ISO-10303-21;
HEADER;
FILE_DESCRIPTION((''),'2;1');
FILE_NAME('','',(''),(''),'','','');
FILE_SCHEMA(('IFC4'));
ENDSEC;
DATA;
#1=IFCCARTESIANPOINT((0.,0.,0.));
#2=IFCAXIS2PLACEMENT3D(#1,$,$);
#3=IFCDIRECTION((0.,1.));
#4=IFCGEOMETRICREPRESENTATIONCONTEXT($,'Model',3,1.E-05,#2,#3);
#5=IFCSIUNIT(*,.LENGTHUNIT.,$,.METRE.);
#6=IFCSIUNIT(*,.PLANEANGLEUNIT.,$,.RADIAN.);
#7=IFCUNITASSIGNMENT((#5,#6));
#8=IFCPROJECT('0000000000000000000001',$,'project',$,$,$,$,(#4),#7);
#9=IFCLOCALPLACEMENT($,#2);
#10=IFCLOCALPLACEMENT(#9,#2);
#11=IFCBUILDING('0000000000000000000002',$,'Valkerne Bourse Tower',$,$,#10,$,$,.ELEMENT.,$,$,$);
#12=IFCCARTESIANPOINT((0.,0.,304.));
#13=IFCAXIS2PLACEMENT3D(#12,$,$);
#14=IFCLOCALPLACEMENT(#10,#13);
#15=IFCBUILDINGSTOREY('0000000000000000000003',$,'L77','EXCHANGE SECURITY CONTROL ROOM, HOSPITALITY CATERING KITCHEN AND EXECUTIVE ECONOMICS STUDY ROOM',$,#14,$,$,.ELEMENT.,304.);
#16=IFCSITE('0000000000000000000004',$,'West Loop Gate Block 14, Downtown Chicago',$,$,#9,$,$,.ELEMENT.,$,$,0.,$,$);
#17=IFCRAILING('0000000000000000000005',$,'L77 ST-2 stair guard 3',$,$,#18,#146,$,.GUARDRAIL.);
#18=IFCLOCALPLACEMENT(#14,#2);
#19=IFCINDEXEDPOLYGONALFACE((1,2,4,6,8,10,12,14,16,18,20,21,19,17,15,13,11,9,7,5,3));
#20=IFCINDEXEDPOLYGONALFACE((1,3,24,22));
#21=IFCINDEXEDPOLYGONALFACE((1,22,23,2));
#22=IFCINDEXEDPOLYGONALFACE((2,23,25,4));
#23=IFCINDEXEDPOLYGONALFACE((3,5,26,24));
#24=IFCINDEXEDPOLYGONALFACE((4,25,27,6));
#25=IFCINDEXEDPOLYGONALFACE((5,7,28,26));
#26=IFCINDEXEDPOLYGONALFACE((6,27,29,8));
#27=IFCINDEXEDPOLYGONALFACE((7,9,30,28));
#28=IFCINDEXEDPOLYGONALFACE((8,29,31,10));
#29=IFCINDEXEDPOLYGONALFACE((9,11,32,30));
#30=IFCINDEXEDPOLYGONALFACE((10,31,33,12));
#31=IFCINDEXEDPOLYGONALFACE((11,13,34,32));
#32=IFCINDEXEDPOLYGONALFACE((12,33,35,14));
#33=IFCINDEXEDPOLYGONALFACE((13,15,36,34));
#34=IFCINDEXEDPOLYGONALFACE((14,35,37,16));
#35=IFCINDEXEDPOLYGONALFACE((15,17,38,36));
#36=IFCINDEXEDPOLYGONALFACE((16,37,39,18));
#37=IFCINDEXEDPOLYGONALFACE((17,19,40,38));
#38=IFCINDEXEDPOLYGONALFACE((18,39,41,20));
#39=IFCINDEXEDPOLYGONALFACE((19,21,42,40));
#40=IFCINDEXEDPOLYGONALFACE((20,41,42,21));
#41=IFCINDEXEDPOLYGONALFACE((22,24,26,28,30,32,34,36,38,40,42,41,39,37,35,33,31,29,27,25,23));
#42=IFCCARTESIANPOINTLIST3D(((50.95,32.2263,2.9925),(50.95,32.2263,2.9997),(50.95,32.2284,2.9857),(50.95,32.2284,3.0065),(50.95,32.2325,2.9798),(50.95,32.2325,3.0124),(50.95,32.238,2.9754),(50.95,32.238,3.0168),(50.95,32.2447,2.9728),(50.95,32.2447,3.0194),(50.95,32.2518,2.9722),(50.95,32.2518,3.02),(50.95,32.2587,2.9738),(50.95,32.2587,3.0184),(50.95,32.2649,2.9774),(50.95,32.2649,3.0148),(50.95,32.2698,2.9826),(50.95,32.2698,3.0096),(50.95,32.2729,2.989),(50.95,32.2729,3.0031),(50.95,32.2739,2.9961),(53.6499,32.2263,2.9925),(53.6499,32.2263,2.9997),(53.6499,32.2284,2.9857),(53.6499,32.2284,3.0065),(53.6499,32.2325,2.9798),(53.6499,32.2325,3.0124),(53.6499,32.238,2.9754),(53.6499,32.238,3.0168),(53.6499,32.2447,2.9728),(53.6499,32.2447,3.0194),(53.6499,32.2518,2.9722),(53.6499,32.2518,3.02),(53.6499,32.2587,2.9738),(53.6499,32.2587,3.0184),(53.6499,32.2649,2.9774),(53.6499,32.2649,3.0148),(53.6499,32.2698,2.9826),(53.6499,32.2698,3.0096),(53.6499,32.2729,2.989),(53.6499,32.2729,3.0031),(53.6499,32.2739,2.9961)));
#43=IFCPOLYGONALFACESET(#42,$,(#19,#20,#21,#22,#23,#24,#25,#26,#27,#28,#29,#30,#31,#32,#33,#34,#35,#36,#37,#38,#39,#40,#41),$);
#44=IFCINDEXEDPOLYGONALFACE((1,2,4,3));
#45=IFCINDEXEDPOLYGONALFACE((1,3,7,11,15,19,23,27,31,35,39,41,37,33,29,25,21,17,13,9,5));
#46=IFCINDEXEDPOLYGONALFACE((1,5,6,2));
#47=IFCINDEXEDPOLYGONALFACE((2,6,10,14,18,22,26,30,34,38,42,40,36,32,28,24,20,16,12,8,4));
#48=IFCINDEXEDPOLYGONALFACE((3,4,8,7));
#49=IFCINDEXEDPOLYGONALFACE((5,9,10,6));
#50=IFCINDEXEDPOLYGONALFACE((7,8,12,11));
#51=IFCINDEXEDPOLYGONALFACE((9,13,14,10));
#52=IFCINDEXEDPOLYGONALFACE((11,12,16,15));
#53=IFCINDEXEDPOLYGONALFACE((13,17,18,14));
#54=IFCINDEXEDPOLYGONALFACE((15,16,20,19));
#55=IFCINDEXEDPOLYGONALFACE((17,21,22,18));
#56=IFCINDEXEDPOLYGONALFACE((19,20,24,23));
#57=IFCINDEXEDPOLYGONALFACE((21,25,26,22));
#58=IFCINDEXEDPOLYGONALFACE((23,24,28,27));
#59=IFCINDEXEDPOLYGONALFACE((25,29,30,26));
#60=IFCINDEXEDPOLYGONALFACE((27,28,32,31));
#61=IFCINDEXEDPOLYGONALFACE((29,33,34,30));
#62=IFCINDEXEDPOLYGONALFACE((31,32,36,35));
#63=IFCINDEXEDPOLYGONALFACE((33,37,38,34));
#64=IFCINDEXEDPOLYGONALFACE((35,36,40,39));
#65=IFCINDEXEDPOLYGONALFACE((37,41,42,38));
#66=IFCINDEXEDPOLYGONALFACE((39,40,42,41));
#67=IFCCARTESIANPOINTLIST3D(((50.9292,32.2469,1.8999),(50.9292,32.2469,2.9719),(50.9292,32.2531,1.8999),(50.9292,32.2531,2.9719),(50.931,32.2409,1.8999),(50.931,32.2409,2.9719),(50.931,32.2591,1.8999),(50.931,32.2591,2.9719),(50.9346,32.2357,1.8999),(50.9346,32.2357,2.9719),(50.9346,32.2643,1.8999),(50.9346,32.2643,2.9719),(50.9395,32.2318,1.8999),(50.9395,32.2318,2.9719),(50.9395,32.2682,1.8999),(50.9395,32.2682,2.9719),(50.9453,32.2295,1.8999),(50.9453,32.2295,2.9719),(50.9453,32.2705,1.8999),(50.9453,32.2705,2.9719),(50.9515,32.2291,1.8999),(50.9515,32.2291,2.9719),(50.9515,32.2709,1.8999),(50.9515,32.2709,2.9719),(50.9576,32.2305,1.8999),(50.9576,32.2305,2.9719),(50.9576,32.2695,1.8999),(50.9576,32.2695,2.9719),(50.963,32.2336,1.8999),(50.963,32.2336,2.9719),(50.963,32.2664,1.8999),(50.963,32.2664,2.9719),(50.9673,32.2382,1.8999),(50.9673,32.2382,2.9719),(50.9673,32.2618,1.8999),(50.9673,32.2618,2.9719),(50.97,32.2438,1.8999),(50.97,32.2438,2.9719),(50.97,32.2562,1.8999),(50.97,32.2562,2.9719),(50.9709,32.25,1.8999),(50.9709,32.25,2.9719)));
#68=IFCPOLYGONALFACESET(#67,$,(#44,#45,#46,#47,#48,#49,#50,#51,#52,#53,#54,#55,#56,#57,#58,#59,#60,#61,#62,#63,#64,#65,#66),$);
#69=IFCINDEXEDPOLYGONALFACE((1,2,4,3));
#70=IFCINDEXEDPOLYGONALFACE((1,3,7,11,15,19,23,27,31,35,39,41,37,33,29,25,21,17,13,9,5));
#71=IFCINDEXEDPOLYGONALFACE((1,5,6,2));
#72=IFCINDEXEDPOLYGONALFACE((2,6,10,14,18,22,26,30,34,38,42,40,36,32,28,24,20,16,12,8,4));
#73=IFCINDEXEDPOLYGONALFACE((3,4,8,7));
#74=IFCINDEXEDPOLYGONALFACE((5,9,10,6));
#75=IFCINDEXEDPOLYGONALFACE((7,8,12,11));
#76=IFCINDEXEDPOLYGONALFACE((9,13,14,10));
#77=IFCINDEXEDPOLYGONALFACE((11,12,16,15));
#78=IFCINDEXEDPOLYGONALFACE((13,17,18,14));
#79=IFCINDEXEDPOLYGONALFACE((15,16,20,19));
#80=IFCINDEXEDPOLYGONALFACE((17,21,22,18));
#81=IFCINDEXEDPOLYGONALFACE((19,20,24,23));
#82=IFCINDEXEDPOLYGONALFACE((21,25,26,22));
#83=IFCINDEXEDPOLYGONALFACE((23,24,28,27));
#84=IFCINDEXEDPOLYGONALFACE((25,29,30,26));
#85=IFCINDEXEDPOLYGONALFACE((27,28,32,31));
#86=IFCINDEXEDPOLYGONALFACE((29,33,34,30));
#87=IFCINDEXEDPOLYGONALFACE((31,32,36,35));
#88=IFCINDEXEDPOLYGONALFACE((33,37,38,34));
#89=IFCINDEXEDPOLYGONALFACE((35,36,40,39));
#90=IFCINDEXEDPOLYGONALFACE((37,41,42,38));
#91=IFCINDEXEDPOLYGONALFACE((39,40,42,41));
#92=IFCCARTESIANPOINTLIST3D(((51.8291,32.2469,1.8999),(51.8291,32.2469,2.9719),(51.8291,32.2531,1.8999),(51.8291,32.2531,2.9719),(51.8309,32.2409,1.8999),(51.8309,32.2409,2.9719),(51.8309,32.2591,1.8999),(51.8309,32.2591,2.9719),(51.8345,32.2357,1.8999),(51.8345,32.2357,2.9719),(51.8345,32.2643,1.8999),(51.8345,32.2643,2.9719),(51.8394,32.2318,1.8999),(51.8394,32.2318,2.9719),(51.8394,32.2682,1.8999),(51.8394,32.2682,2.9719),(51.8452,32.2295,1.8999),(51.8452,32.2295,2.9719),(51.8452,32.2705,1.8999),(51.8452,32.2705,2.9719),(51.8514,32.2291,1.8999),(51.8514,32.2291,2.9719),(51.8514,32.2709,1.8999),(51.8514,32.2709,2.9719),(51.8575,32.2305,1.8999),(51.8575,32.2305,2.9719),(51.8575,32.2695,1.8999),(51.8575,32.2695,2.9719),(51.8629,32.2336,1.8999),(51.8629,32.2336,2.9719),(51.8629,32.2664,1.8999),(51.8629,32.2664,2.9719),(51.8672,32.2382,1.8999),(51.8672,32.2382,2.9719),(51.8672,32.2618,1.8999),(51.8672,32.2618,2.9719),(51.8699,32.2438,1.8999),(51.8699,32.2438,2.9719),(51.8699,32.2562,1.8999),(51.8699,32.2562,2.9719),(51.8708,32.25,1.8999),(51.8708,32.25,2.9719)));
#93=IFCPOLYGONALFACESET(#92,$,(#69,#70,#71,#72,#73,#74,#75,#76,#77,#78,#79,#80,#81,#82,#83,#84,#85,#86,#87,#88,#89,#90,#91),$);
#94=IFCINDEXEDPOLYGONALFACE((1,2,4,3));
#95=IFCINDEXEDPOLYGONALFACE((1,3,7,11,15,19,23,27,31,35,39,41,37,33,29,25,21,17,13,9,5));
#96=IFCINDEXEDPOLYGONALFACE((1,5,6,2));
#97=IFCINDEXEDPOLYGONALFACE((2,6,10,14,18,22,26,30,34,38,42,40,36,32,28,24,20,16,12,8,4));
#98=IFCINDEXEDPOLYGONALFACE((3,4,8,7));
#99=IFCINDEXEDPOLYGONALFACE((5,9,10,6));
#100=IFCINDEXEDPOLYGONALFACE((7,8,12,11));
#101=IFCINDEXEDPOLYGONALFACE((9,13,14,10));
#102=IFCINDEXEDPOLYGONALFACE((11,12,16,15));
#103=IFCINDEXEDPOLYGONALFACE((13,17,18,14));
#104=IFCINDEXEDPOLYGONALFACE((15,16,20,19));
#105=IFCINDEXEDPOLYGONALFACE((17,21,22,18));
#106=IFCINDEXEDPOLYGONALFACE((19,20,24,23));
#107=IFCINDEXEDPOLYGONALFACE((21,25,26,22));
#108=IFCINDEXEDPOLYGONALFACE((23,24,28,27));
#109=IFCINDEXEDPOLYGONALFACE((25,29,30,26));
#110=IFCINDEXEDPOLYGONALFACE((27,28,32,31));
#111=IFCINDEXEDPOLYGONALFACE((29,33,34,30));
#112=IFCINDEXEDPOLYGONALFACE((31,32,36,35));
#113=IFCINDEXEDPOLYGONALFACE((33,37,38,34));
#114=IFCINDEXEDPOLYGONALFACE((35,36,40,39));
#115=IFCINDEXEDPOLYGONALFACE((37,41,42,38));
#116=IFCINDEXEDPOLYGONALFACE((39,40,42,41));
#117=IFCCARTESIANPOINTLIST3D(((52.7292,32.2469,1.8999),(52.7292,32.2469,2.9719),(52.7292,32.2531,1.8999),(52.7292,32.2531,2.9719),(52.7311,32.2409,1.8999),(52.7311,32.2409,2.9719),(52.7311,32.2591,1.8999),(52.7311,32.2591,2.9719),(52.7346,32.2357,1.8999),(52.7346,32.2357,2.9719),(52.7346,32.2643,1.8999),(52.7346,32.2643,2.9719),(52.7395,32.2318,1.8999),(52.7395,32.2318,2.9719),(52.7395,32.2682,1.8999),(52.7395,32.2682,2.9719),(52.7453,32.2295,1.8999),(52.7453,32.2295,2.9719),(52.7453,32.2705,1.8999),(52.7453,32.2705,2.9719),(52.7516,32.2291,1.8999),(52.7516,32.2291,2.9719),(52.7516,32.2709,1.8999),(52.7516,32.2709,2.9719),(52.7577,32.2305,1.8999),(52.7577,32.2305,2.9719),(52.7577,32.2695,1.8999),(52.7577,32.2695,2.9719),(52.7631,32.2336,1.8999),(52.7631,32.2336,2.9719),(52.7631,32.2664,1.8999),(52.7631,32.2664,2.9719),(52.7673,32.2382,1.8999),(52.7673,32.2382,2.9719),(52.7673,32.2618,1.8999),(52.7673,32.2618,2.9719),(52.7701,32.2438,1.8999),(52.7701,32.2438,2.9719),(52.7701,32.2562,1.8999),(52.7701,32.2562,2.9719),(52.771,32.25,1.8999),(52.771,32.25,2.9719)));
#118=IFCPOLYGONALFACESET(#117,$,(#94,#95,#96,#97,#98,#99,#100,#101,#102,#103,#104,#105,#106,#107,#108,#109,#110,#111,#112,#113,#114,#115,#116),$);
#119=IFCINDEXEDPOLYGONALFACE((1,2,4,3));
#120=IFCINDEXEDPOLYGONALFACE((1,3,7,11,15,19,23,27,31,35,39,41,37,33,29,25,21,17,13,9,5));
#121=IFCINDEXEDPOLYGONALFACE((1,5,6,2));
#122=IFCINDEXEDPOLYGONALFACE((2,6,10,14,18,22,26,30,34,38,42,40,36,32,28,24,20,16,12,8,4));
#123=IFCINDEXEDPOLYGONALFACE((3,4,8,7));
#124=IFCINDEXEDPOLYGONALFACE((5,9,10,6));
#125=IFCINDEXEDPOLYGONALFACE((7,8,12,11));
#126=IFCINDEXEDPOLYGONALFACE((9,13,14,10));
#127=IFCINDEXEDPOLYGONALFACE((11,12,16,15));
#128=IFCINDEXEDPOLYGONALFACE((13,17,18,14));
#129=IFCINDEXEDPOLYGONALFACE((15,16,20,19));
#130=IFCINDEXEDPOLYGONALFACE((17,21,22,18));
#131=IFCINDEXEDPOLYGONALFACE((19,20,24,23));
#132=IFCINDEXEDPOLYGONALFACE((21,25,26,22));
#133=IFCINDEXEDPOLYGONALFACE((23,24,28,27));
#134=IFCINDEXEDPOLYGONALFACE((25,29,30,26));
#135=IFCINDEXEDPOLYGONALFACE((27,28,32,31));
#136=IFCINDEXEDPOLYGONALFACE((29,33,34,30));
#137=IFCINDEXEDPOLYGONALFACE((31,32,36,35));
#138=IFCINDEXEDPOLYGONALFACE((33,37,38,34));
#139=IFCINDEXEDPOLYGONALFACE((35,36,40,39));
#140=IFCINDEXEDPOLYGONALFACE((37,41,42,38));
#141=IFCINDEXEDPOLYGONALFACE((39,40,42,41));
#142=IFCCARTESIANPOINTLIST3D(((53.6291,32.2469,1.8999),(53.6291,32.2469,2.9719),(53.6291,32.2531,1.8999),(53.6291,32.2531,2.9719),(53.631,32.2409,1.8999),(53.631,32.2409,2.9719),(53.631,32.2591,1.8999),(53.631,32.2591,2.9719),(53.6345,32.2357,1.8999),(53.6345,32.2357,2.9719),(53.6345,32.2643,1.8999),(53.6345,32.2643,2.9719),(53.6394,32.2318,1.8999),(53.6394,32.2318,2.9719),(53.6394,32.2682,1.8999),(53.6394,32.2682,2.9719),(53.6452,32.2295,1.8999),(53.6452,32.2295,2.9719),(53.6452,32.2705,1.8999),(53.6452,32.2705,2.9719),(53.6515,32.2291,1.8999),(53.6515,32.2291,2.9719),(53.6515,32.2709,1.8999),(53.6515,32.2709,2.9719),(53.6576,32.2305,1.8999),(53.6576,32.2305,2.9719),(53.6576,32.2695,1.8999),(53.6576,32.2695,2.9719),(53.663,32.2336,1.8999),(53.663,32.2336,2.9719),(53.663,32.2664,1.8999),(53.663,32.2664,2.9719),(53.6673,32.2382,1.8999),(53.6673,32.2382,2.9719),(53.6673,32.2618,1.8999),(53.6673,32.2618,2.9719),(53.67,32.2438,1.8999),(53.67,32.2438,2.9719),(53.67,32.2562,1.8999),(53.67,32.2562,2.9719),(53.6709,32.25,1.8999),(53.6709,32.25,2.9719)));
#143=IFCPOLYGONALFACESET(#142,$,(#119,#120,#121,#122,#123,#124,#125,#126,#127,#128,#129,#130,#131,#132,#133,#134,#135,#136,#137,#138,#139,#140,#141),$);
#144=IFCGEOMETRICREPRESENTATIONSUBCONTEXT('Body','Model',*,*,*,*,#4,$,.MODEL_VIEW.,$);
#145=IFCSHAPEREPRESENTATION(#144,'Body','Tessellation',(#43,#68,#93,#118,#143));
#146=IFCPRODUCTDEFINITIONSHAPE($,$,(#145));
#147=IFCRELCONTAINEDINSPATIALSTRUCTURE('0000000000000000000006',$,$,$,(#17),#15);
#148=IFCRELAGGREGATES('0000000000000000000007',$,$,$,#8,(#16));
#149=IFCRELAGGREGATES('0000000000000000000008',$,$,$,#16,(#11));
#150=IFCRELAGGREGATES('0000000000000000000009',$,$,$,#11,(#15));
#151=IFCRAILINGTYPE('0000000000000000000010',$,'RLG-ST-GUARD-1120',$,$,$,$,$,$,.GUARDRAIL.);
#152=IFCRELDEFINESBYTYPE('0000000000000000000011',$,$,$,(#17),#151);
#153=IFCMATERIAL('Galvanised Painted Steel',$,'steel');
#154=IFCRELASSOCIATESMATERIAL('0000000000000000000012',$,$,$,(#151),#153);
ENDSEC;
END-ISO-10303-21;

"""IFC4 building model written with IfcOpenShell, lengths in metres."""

from ifc_helpers import new_model, si_unit, direction, frame, origin, origin_2d, place, context, subcontext, project, spatial, circle, extrude, material, type_object, element, save


model = new_model("IFC4")

# Units and contexts
model_context = context("Model", 3, precision=1e-05, world=origin(), true_north=direction((0.0, 1.0)))
body_context = subcontext(model_context, "Body", "Model", "MODEL_VIEW")
ifc_project = project(units=[si_unit("LENGTHUNIT", "METRE"), si_unit("PLANEANGLEUNIT", "RADIAN")], contexts=[model_context])

# Site, building, storey
site_placement = place(None, origin())
site = spatial("IfcSite", under=ifc_project, at=site_placement, Name="West Loop Gate Block 14, Downtown Chicago", CompositionType="ELEMENT", RefElevation=0.0)
building_placement = place(site_placement, origin())
building = spatial("IfcBuilding", under=site, at=building_placement, Name="Valkerne Bourse Tower", CompositionType="ELEMENT")
storey_placement = place(building_placement, frame((0.0, 0.0, 304.0)))
storey = spatial("IfcBuildingStorey", under=building, at=storey_placement, Name="L77", Description="EXCHANGE SECURITY CONTROL ROOM, HOSPITALITY CATERING KITCHEN AND EXECUTIVE ECONOMICS STUDY ROOM", CompositionType="ELEMENT", Elevation=304.0)

# Shared definitions
ifc_material_1 = material(Name="Galvanised Painted Steel", Category="steel")

# Railing
railing_type_1 = type_object("IfcRailingType", Name="RLG-ST-GUARD-1120", PredefinedType="GUARDRAIL", material=ifc_material_1)
for number, where, name in (
    (1, (50.95, 32.25, 1.8999), "L77 ST-2 stair guard 3"),
):
    element("IfcRailing", number, at=place(storey_placement, frame(where)), inside=storey, type_object=railing_type_1, Name=name, PredefinedType="GUARDRAIL", context=body_context, shape_type="SweptSolid", body=[
        extrude(circle(Radius=0.0239, at=origin_2d()), frame((0.0, 0.0, 1.0962), z_axis=(1.0, 0.0, 0.0), x_axis=(0.0, 1.0, 0.0)), (0.0, 0.0, 1.0), 2.7),
        extrude(circle(Radius=0.021, at=origin_2d()), origin(), (0.0, 0.0, 1.0), 1.072),
        extrude(circle(Radius=0.021, at=origin_2d()), frame((0.8999, 0.0, 0.0)), (0.0, 0.0, 1.0), 1.072),
        extrude(circle(Radius=0.021, at=origin_2d()), frame((1.8, 0.0, 0.0)), (0.0, 0.0, 1.0), 1.072),
        extrude(circle(Radius=0.021, at=origin_2d()), frame((2.7, 0.0, 0.0)), (0.0, 0.0, 1.0), 1.072),
    ])

save(model, "model.ifc")
